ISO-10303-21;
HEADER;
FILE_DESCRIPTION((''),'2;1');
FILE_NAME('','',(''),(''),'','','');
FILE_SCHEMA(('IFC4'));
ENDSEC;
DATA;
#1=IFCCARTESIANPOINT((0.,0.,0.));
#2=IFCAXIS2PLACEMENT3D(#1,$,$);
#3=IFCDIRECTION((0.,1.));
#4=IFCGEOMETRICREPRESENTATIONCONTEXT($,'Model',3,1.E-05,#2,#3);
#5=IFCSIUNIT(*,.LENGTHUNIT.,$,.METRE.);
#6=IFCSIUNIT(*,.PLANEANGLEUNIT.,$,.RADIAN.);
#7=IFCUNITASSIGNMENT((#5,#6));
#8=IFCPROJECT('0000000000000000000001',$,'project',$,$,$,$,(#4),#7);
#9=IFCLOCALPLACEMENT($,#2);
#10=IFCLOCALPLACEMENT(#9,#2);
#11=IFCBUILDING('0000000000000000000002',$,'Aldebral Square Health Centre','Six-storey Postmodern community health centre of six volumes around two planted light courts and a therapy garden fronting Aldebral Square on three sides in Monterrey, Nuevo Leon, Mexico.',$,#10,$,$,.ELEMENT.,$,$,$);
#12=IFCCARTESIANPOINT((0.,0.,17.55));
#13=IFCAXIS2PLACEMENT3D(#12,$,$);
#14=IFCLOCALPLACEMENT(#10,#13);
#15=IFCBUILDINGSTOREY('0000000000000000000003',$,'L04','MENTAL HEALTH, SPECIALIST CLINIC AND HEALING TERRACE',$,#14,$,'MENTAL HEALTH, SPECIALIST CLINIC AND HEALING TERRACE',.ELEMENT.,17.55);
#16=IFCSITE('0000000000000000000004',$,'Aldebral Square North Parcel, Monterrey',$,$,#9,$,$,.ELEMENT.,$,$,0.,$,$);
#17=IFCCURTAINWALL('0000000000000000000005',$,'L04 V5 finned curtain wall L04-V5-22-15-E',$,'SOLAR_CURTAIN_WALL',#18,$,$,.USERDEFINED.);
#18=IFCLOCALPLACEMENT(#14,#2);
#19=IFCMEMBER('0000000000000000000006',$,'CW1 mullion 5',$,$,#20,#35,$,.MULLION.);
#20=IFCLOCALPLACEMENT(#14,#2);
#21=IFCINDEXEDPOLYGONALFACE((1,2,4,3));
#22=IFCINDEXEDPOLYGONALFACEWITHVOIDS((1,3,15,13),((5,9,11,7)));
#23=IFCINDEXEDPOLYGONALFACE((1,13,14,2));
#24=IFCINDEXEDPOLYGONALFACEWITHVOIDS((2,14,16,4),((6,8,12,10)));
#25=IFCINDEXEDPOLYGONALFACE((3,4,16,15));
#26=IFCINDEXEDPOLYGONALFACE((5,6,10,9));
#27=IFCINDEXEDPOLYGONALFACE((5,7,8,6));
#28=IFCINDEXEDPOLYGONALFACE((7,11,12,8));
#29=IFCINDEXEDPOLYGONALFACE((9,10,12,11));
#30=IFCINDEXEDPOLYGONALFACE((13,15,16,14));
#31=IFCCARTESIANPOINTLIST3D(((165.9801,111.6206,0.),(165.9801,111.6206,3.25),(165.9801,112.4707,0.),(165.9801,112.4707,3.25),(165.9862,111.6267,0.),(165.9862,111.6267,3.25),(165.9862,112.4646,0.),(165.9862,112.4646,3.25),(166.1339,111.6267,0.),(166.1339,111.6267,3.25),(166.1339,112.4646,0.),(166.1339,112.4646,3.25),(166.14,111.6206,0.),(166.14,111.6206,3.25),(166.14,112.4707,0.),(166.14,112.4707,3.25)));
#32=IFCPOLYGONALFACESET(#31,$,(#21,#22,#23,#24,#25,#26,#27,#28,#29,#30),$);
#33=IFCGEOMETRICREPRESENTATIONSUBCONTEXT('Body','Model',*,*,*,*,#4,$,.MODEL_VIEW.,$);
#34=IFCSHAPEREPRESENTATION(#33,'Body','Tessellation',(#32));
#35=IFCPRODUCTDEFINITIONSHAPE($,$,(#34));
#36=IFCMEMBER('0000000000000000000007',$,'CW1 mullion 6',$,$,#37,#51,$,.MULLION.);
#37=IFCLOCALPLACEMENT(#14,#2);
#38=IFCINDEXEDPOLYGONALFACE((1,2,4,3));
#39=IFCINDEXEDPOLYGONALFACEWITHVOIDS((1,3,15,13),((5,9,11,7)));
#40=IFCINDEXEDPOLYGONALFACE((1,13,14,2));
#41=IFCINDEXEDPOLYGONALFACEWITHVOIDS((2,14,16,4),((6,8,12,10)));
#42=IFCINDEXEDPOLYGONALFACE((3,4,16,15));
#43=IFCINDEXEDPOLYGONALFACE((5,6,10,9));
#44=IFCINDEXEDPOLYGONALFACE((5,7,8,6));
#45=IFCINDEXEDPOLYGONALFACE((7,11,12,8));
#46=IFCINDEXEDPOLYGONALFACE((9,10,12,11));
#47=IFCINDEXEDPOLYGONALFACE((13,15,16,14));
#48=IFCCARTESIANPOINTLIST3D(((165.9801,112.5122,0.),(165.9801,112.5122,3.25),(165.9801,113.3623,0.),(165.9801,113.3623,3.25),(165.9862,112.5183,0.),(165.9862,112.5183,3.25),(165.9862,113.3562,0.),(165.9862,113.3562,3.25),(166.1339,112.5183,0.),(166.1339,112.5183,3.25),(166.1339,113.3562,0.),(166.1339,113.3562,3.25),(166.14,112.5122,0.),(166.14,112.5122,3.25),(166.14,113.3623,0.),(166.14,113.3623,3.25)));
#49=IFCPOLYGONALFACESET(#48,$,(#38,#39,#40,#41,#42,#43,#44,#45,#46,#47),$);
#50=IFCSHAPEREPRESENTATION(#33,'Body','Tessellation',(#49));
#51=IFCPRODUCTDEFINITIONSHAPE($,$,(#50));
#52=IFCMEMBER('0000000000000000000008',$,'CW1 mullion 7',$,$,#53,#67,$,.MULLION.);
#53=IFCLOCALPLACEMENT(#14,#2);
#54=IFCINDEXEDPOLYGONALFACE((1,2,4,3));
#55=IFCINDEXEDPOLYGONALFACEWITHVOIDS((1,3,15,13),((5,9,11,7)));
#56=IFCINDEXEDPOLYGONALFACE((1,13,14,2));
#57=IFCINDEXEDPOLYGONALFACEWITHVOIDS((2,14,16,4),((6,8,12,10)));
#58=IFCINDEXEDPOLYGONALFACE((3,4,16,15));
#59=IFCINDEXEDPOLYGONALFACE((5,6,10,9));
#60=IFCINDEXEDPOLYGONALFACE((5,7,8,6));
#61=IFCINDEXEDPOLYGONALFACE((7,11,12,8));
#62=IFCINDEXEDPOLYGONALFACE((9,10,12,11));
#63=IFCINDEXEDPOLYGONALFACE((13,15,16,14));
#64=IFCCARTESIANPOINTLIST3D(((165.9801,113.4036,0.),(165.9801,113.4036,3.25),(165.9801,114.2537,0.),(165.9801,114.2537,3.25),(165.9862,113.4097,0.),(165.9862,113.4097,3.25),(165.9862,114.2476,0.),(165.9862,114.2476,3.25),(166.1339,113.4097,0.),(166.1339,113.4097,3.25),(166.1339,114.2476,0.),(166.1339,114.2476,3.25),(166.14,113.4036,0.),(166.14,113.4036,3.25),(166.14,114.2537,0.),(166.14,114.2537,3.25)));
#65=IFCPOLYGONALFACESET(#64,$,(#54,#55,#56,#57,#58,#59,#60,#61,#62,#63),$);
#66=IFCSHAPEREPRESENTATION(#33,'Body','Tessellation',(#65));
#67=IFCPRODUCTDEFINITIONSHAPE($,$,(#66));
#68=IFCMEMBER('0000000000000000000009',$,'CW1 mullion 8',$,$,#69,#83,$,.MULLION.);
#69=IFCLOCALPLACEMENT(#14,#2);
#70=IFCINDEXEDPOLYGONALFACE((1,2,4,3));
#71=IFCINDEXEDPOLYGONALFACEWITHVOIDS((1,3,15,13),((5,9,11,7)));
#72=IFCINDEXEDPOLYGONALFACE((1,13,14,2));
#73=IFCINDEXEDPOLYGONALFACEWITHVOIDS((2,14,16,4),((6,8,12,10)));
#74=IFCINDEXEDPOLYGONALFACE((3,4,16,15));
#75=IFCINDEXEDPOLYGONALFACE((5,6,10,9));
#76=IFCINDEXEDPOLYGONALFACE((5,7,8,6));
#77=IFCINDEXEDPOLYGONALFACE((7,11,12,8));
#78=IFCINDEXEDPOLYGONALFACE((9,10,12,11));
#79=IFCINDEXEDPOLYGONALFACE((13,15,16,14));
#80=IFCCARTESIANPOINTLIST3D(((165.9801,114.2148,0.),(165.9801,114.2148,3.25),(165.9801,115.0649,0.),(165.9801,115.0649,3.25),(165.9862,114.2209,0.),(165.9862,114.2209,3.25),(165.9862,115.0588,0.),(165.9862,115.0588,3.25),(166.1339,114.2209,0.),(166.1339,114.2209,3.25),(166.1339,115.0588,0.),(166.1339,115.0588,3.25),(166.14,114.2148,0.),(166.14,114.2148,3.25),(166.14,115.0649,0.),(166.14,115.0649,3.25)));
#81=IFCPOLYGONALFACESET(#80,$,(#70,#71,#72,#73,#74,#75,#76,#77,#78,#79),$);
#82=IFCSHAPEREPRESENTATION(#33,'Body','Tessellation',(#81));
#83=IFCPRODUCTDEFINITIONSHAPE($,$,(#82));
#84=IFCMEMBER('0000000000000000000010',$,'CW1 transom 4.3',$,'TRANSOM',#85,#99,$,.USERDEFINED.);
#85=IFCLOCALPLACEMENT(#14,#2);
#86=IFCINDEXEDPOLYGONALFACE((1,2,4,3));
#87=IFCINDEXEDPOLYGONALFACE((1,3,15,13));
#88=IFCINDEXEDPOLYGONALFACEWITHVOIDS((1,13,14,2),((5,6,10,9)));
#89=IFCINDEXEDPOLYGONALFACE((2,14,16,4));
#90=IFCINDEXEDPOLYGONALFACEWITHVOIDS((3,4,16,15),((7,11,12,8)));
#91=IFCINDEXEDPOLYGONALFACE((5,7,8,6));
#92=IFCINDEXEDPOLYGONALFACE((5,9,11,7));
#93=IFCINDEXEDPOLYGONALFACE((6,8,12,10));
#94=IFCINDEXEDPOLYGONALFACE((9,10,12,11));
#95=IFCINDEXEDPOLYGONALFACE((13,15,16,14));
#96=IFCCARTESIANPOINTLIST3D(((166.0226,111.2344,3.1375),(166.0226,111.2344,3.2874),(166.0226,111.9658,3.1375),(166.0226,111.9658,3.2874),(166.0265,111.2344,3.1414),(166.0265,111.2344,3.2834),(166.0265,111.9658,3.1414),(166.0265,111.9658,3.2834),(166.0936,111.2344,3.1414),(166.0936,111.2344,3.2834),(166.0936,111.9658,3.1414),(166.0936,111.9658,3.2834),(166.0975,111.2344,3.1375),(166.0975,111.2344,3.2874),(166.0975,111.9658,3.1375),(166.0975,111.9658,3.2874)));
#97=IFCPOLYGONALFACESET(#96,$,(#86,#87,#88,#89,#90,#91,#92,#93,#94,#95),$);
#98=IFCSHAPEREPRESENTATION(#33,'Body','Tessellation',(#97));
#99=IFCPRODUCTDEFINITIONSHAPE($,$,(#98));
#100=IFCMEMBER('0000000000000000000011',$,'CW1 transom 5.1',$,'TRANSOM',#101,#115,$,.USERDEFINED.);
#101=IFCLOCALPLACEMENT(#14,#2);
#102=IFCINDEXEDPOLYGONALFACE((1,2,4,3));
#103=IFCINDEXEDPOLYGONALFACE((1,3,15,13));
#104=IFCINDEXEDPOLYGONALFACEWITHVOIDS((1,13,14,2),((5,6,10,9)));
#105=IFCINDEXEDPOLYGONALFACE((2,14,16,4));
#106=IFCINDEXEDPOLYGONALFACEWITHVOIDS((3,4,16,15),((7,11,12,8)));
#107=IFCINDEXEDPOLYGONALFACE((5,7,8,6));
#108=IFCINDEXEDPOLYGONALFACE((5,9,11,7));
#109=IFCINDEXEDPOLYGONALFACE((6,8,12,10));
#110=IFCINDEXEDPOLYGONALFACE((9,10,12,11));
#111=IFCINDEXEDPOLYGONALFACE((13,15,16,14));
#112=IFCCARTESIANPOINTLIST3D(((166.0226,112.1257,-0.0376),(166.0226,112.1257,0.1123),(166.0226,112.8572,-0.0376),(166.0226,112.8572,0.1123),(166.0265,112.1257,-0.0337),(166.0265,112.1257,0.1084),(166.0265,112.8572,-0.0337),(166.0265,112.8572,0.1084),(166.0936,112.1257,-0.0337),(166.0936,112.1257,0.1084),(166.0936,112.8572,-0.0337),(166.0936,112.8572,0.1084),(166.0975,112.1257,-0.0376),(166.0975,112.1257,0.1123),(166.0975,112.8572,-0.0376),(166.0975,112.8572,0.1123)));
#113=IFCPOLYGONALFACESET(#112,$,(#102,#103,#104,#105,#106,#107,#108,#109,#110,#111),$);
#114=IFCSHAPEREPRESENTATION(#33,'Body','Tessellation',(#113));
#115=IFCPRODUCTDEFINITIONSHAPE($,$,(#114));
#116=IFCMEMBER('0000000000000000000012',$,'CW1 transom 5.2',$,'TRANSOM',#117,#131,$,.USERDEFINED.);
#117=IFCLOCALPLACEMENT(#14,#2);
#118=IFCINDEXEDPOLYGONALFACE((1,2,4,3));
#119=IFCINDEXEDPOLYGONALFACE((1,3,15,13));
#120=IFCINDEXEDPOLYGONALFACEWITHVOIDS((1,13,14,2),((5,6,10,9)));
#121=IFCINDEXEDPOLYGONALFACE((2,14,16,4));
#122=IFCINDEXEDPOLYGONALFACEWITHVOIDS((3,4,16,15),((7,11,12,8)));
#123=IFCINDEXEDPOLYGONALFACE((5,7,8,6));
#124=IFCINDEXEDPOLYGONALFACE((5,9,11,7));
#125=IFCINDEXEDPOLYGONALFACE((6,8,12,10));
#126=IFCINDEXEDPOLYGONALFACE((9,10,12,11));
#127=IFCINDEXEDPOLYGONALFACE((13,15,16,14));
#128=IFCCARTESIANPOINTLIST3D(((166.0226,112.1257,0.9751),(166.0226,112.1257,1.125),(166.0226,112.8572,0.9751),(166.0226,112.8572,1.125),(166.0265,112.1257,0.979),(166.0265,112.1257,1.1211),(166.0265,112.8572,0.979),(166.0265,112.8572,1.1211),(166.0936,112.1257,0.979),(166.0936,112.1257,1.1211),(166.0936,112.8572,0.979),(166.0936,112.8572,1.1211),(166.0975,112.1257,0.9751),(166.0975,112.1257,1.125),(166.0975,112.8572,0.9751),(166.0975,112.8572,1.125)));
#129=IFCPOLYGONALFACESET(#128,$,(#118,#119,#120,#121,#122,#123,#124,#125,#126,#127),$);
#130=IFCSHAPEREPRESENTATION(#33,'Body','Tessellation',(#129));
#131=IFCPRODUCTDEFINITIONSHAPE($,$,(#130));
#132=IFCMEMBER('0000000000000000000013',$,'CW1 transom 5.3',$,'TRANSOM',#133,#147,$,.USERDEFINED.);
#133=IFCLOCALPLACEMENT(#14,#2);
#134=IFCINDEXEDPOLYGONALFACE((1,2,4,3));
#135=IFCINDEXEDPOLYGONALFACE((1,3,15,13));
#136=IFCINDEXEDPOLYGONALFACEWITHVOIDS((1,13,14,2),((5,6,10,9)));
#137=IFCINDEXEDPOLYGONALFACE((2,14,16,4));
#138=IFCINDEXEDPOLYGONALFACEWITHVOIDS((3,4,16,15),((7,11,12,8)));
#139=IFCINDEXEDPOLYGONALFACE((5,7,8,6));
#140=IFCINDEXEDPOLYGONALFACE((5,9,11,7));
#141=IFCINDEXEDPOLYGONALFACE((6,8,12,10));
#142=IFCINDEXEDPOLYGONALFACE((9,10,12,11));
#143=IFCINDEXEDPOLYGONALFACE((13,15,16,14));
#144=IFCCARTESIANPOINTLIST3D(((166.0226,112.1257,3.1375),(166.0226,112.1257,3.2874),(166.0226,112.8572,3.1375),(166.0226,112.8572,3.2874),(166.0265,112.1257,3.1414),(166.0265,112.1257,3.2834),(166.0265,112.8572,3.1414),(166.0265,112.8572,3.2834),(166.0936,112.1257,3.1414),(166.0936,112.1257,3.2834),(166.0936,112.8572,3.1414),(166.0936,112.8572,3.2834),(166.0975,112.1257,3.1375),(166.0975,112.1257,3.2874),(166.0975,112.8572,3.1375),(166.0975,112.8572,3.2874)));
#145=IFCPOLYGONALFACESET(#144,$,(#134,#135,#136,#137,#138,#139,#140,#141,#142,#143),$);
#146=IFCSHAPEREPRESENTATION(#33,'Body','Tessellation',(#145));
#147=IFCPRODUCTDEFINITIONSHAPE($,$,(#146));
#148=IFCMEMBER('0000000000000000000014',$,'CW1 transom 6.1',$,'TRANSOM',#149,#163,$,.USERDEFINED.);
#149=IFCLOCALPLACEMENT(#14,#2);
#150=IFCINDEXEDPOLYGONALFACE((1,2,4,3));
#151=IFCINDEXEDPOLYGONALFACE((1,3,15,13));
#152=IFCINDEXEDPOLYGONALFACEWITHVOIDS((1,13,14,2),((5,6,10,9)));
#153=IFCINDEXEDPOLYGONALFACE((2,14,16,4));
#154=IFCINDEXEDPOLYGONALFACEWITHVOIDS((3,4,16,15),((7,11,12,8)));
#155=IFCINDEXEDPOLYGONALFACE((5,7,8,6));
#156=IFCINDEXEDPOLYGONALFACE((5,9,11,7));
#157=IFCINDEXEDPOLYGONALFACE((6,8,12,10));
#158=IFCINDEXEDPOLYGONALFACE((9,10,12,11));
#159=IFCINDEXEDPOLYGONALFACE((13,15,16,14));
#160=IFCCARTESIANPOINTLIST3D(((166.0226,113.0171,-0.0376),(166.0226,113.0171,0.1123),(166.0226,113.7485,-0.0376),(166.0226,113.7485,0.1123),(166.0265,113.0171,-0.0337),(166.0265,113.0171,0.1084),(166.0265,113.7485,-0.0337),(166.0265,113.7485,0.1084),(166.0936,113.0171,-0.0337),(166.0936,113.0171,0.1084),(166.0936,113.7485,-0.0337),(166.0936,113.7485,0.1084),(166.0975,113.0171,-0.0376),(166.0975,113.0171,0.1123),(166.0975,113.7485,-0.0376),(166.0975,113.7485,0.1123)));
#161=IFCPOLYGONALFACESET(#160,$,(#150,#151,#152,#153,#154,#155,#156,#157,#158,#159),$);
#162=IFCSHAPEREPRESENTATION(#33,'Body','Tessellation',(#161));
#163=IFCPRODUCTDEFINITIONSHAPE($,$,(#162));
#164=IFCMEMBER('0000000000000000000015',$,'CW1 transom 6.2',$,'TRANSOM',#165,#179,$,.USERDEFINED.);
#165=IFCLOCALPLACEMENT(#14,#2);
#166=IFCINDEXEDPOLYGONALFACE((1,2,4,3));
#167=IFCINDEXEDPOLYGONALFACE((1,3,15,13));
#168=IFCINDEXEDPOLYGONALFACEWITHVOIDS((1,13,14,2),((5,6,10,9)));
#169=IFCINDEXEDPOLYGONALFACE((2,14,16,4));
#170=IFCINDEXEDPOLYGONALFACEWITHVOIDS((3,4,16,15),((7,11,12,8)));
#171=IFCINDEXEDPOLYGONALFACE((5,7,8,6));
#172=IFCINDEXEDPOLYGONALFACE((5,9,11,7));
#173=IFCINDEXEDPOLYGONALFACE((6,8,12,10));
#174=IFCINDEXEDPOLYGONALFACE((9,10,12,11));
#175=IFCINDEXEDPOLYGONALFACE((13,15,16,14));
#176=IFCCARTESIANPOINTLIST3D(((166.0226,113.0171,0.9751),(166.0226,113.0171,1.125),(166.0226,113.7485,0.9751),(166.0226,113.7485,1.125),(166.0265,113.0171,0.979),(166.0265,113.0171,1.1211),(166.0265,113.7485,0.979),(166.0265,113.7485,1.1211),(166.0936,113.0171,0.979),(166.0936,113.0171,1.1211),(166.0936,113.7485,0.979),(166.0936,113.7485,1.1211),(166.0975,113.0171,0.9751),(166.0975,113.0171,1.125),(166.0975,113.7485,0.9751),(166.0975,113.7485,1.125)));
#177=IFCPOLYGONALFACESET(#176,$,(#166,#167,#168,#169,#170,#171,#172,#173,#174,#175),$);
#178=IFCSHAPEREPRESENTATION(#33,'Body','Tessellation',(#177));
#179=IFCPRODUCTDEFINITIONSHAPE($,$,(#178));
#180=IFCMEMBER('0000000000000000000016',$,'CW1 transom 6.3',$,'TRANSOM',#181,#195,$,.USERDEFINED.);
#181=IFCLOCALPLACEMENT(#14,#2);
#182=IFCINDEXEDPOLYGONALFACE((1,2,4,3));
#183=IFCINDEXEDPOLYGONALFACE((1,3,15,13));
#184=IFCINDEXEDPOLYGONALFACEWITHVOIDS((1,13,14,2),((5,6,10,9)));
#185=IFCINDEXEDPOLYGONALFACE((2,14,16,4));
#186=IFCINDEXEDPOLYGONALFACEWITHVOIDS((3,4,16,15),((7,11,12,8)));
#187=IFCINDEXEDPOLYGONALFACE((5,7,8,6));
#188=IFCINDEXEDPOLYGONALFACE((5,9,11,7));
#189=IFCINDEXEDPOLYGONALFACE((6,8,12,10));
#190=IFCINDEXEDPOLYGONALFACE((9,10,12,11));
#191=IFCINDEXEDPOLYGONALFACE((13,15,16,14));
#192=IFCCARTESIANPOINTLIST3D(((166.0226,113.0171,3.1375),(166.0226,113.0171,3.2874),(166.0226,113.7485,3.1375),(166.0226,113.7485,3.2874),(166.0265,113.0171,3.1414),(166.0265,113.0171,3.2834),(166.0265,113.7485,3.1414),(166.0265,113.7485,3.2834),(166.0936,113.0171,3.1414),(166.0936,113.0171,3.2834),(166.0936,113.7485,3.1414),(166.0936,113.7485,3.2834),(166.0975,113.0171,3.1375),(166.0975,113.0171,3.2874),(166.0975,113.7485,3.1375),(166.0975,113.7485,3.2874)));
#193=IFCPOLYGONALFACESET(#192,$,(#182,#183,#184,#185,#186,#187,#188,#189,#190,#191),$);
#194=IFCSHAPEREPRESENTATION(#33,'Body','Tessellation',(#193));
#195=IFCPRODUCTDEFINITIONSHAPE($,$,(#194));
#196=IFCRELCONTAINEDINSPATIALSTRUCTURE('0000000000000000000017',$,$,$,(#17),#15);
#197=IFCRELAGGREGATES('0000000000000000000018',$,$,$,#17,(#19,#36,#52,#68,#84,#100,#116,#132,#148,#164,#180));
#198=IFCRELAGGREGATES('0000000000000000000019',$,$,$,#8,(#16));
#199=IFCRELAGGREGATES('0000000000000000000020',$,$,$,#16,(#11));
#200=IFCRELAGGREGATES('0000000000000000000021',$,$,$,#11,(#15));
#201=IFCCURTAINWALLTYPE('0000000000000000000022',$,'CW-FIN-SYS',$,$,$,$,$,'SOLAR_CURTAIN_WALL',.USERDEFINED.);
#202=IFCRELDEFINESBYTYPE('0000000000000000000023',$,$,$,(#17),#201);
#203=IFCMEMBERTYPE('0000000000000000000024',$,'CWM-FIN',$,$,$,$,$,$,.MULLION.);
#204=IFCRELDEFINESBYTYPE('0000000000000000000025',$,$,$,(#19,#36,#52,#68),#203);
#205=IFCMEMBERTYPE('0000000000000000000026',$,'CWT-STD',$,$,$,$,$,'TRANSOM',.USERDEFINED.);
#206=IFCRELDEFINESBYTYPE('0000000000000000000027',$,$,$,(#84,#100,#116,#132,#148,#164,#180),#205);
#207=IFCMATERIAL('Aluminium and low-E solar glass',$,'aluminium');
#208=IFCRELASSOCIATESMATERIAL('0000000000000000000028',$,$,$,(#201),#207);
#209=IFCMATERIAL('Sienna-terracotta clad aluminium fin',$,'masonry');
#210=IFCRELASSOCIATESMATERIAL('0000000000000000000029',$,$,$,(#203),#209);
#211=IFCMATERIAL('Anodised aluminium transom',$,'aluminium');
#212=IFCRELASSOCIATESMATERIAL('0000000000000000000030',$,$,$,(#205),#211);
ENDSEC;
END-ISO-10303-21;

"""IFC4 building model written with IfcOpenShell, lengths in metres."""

from ifc_helpers import new_model, si_unit, direction, frame, origin, origin_2d, place, context, subcontext, project, spatial, hollow_rectangle, extrude, material, material_profile, profile_set, type_object, element, aggregate, save


model = new_model("IFC4")

# Units and contexts
model_context = context("Model", 3, precision=1e-05, world=origin(), true_north=direction((0.0, 1.0)))
body_context = subcontext(model_context, "Body", "Model", "MODEL_VIEW")
ifc_project = project(units=[si_unit("LENGTHUNIT", "METRE"), si_unit("PLANEANGLEUNIT", "RADIAN")], contexts=[model_context])

# Site, building, storey
site_placement = place(None, origin())
site = spatial("IfcSite", under=ifc_project, at=site_placement, Name="Aldebral Square North Parcel, Monterrey", CompositionType="ELEMENT", RefElevation=0.0)
building_placement = place(site_placement, origin())
building = spatial("IfcBuilding", under=site, at=building_placement, Name="Aldebral Square Health Centre", Description="Six-storey Postmodern community health centre of six volumes around two planted light courts and a therapy garden fronting Aldebral Square on three sides in Monterrey, Nuevo Leon, Mexico.", CompositionType="ELEMENT")
storey_placement = place(building_placement, frame((0.0, 0.0, 17.55)))
storey = spatial("IfcBuildingStorey", under=building, at=storey_placement, Name="L04", Description="MENTAL HEALTH, SPECIALIST CLINIC AND HEALING TERRACE", LongName="MENTAL HEALTH, SPECIALIST CLINIC AND HEALING TERRACE", CompositionType="ELEMENT", Elevation=17.55)

# Curtain wall, members
ifc_material_1 = material(Name="Aluminium and low-E solar glass", Category="aluminium")
curtain_wall_type = type_object("IfcCurtainWallType", Name="CW-FIN-SYS", ElementType="SOLAR_CURTAIN_WALL", PredefinedType="USERDEFINED", material=ifc_material_1)
curtain_wall_placement = place(storey_placement, origin())
curtain_wall = element("IfcCurtainWall", 1, at=curtain_wall_placement, inside=storey, type_object=curtain_wall_type, Name="L04 V5 finned curtain wall L04-V5-22-15-E", ObjectType="SOLAR_CURTAIN_WALL", PredefinedType="USERDEFINED")
ifc_material_2 = material(Name="Sienna-terracotta clad aluminium fin", Category="masonry")
ifc_material_profile_1 = material_profile(ifc_material_2, hollow_rectangle(XDim=0.1599, YDim=0.8501, WallThickness=0.0061, at=origin_2d()), Name="FIN 160x850x6")
ifc_profile_set_1 = profile_set([ifc_material_profile_1], Name="Sienna-terracotta clad aluminium fin")
member_type_1 = type_object("IfcMemberType", Name="CWM-FIN", PredefinedType="MULLION", material=ifc_profile_set_1)
member_1_placement = place(storey_placement, frame((166.0601, 112.0457, 0.0), z_axis=(0.0, 0.0, 1.0), x_axis=(-1.0, 0.0, 0.0)))
member_1 = element("IfcMember", 2, at=member_1_placement, type_object=member_type_1, Name="CW1 mullion 5", PredefinedType="MULLION", context=body_context, shape_type="SweptSolid", body=[
    extrude(hollow_rectangle(XDim=0.1599, YDim=0.8501, WallThickness=0.0061, at=origin_2d()), origin(), (0.0, 0.0, 1.0), 3.25),
])
member_2_placement = place(storey_placement, frame((166.0601, 112.9373, 0.0), z_axis=(0.0, 0.0, 1.0), x_axis=(-1.0, 0.0, 0.0)))
member_2 = element("IfcMember", 3, at=member_2_placement, type_object=member_type_1, Name="CW1 mullion 6", PredefinedType="MULLION", context=body_context, shape_type="SweptSolid", body=[
    extrude(hollow_rectangle(XDim=0.1599, YDim=0.8501, WallThickness=0.0061, at=origin_2d()), origin(), (0.0, 0.0, 1.0), 3.25),
])
member_3_placement = place(storey_placement, frame((166.0601, 113.8286, 0.0), z_axis=(0.0, 0.0, 1.0), x_axis=(-1.0, 0.0, 0.0)))
member_3 = element("IfcMember", 4, at=member_3_placement, type_object=member_type_1, Name="CW1 mullion 7", PredefinedType="MULLION", context=body_context, shape_type="SweptSolid", body=[
    extrude(hollow_rectangle(XDim=0.1599, YDim=0.8501, WallThickness=0.0061, at=origin_2d()), origin(), (0.0, 0.0, 1.0), 3.25),
])
member_4_placement = place(storey_placement, frame((166.0601, 114.6399, 0.0), z_axis=(0.0, 0.0, 1.0), x_axis=(-1.0, 0.0, 0.0)))
member_4 = element("IfcMember", 5, at=member_4_placement, type_object=member_type_1, Name="CW1 mullion 8", PredefinedType="MULLION", context=body_context, shape_type="SweptSolid", body=[
    extrude(hollow_rectangle(XDim=0.1599, YDim=0.8501, WallThickness=0.0061, at=origin_2d()), origin(), (0.0, 0.0, 1.0), 3.25),
])
ifc_material_3 = material(Name="Anodised aluminium transom", Category="aluminium")
ifc_material_profile_2 = material_profile(ifc_material_3, hollow_rectangle(XDim=0.075, YDim=0.1499, WallThickness=0.0039, at=origin_2d()), Name="CWT 75x150x4")
ifc_profile_set_2 = profile_set([ifc_material_profile_2], Name="Anodised aluminium transom")
member_type_2 = type_object("IfcMemberType", Name="CWT-STD", ElementType="TRANSOM", PredefinedType="USERDEFINED", material=ifc_profile_set_2)
member_5_placement = place(storey_placement, frame((166.0601, 111.2344, 3.2124), z_axis=(0.0, 1.0, 0.0), x_axis=(-1.0, 0.0, 0.0)))
member_5 = element("IfcMember", 6, at=member_5_placement, type_object=member_type_2, Name="CW1 transom 4.3", ObjectType="TRANSOM", PredefinedType="USERDEFINED", context=body_context, shape_type="SweptSolid", body=[
    extrude(hollow_rectangle(XDim=0.075, YDim=0.1499, WallThickness=0.0039, at=origin_2d()), origin(), (0.0, 0.0, 1.0), 0.7314),
])
member_6_placement = place(storey_placement, frame((166.0601, 112.1257, 0.0374), z_axis=(0.0, 1.0, 0.0), x_axis=(-1.0, 0.0, 0.0)))
member_6 = element("IfcMember", 7, at=member_6_placement, type_object=member_type_2, Name="CW1 transom 5.1", ObjectType="TRANSOM", PredefinedType="USERDEFINED", context=body_context, shape_type="SweptSolid", body=[
    extrude(hollow_rectangle(XDim=0.075, YDim=0.1499, WallThickness=0.0039, at=origin_2d()), origin(), (0.0, 0.0, 1.0), 0.7314),
])
member_7_placement = place(storey_placement, frame((166.0601, 112.1257, 1.05), z_axis=(0.0, 1.0, 0.0), x_axis=(-1.0, 0.0, 0.0)))
member_7 = element("IfcMember", 8, at=member_7_placement, type_object=member_type_2, Name="CW1 transom 5.2", ObjectType="TRANSOM", PredefinedType="USERDEFINED", context=body_context, shape_type="SweptSolid", body=[
    extrude(hollow_rectangle(XDim=0.075, YDim=0.1499, WallThickness=0.0039, at=origin_2d()), origin(), (0.0, 0.0, 1.0), 0.7314),
])
member_8_placement = place(storey_placement, frame((166.0601, 112.1257, 3.2124), z_axis=(0.0, 1.0, 0.0), x_axis=(-1.0, 0.0, 0.0)))
member_8 = element("IfcMember", 9, at=member_8_placement, type_object=member_type_2, Name="CW1 transom 5.3", ObjectType="TRANSOM", PredefinedType="USERDEFINED", context=body_context, shape_type="SweptSolid", body=[
    extrude(hollow_rectangle(XDim=0.075, YDim=0.1499, WallThickness=0.0039, at=origin_2d()), origin(), (0.0, 0.0, 1.0), 0.7314),
])
member_9_placement = place(storey_placement, frame((166.0601, 113.0171, 0.0374), z_axis=(0.0, 1.0, 0.0), x_axis=(-1.0, 0.0, 0.0)))
member_9 = element("IfcMember", 10, at=member_9_placement, type_object=member_type_2, Name="CW1 transom 6.1", ObjectType="TRANSOM", PredefinedType="USERDEFINED", context=body_context, shape_type="SweptSolid", body=[
    extrude(hollow_rectangle(XDim=0.075, YDim=0.1499, WallThickness=0.0039, at=origin_2d()), origin(), (0.0, 0.0, 1.0), 0.7314),
])
member_10_placement = place(storey_placement, frame((166.0601, 113.0171, 1.05), z_axis=(0.0, 1.0, 0.0), x_axis=(-1.0, 0.0, 0.0)))
member_10 = element("IfcMember", 11, at=member_10_placement, type_object=member_type_2, Name="CW1 transom 6.2", ObjectType="TRANSOM", PredefinedType="USERDEFINED", context=body_context, shape_type="SweptSolid", body=[
    extrude(hollow_rectangle(XDim=0.075, YDim=0.1499, WallThickness=0.0039, at=origin_2d()), origin(), (0.0, 0.0, 1.0), 0.7314),
])
member_11_placement = place(storey_placement, frame((166.0601, 113.0171, 3.2124), z_axis=(0.0, 1.0, 0.0), x_axis=(-1.0, 0.0, 0.0)))
member_11 = element("IfcMember", 12, at=member_11_placement, type_object=member_type_2, Name="CW1 transom 6.3", ObjectType="TRANSOM", PredefinedType="USERDEFINED", context=body_context, shape_type="SweptSolid", body=[
    extrude(hollow_rectangle(XDim=0.075, YDim=0.1499, WallThickness=0.0039, at=origin_2d()), origin(), (0.0, 0.0, 1.0), 0.7314),
])
aggregate(curtain_wall, [member_1, member_2, member_3, member_4, member_5, member_6, member_7, member_8, member_9, member_10, member_11])

save(model, "model.ifc")
